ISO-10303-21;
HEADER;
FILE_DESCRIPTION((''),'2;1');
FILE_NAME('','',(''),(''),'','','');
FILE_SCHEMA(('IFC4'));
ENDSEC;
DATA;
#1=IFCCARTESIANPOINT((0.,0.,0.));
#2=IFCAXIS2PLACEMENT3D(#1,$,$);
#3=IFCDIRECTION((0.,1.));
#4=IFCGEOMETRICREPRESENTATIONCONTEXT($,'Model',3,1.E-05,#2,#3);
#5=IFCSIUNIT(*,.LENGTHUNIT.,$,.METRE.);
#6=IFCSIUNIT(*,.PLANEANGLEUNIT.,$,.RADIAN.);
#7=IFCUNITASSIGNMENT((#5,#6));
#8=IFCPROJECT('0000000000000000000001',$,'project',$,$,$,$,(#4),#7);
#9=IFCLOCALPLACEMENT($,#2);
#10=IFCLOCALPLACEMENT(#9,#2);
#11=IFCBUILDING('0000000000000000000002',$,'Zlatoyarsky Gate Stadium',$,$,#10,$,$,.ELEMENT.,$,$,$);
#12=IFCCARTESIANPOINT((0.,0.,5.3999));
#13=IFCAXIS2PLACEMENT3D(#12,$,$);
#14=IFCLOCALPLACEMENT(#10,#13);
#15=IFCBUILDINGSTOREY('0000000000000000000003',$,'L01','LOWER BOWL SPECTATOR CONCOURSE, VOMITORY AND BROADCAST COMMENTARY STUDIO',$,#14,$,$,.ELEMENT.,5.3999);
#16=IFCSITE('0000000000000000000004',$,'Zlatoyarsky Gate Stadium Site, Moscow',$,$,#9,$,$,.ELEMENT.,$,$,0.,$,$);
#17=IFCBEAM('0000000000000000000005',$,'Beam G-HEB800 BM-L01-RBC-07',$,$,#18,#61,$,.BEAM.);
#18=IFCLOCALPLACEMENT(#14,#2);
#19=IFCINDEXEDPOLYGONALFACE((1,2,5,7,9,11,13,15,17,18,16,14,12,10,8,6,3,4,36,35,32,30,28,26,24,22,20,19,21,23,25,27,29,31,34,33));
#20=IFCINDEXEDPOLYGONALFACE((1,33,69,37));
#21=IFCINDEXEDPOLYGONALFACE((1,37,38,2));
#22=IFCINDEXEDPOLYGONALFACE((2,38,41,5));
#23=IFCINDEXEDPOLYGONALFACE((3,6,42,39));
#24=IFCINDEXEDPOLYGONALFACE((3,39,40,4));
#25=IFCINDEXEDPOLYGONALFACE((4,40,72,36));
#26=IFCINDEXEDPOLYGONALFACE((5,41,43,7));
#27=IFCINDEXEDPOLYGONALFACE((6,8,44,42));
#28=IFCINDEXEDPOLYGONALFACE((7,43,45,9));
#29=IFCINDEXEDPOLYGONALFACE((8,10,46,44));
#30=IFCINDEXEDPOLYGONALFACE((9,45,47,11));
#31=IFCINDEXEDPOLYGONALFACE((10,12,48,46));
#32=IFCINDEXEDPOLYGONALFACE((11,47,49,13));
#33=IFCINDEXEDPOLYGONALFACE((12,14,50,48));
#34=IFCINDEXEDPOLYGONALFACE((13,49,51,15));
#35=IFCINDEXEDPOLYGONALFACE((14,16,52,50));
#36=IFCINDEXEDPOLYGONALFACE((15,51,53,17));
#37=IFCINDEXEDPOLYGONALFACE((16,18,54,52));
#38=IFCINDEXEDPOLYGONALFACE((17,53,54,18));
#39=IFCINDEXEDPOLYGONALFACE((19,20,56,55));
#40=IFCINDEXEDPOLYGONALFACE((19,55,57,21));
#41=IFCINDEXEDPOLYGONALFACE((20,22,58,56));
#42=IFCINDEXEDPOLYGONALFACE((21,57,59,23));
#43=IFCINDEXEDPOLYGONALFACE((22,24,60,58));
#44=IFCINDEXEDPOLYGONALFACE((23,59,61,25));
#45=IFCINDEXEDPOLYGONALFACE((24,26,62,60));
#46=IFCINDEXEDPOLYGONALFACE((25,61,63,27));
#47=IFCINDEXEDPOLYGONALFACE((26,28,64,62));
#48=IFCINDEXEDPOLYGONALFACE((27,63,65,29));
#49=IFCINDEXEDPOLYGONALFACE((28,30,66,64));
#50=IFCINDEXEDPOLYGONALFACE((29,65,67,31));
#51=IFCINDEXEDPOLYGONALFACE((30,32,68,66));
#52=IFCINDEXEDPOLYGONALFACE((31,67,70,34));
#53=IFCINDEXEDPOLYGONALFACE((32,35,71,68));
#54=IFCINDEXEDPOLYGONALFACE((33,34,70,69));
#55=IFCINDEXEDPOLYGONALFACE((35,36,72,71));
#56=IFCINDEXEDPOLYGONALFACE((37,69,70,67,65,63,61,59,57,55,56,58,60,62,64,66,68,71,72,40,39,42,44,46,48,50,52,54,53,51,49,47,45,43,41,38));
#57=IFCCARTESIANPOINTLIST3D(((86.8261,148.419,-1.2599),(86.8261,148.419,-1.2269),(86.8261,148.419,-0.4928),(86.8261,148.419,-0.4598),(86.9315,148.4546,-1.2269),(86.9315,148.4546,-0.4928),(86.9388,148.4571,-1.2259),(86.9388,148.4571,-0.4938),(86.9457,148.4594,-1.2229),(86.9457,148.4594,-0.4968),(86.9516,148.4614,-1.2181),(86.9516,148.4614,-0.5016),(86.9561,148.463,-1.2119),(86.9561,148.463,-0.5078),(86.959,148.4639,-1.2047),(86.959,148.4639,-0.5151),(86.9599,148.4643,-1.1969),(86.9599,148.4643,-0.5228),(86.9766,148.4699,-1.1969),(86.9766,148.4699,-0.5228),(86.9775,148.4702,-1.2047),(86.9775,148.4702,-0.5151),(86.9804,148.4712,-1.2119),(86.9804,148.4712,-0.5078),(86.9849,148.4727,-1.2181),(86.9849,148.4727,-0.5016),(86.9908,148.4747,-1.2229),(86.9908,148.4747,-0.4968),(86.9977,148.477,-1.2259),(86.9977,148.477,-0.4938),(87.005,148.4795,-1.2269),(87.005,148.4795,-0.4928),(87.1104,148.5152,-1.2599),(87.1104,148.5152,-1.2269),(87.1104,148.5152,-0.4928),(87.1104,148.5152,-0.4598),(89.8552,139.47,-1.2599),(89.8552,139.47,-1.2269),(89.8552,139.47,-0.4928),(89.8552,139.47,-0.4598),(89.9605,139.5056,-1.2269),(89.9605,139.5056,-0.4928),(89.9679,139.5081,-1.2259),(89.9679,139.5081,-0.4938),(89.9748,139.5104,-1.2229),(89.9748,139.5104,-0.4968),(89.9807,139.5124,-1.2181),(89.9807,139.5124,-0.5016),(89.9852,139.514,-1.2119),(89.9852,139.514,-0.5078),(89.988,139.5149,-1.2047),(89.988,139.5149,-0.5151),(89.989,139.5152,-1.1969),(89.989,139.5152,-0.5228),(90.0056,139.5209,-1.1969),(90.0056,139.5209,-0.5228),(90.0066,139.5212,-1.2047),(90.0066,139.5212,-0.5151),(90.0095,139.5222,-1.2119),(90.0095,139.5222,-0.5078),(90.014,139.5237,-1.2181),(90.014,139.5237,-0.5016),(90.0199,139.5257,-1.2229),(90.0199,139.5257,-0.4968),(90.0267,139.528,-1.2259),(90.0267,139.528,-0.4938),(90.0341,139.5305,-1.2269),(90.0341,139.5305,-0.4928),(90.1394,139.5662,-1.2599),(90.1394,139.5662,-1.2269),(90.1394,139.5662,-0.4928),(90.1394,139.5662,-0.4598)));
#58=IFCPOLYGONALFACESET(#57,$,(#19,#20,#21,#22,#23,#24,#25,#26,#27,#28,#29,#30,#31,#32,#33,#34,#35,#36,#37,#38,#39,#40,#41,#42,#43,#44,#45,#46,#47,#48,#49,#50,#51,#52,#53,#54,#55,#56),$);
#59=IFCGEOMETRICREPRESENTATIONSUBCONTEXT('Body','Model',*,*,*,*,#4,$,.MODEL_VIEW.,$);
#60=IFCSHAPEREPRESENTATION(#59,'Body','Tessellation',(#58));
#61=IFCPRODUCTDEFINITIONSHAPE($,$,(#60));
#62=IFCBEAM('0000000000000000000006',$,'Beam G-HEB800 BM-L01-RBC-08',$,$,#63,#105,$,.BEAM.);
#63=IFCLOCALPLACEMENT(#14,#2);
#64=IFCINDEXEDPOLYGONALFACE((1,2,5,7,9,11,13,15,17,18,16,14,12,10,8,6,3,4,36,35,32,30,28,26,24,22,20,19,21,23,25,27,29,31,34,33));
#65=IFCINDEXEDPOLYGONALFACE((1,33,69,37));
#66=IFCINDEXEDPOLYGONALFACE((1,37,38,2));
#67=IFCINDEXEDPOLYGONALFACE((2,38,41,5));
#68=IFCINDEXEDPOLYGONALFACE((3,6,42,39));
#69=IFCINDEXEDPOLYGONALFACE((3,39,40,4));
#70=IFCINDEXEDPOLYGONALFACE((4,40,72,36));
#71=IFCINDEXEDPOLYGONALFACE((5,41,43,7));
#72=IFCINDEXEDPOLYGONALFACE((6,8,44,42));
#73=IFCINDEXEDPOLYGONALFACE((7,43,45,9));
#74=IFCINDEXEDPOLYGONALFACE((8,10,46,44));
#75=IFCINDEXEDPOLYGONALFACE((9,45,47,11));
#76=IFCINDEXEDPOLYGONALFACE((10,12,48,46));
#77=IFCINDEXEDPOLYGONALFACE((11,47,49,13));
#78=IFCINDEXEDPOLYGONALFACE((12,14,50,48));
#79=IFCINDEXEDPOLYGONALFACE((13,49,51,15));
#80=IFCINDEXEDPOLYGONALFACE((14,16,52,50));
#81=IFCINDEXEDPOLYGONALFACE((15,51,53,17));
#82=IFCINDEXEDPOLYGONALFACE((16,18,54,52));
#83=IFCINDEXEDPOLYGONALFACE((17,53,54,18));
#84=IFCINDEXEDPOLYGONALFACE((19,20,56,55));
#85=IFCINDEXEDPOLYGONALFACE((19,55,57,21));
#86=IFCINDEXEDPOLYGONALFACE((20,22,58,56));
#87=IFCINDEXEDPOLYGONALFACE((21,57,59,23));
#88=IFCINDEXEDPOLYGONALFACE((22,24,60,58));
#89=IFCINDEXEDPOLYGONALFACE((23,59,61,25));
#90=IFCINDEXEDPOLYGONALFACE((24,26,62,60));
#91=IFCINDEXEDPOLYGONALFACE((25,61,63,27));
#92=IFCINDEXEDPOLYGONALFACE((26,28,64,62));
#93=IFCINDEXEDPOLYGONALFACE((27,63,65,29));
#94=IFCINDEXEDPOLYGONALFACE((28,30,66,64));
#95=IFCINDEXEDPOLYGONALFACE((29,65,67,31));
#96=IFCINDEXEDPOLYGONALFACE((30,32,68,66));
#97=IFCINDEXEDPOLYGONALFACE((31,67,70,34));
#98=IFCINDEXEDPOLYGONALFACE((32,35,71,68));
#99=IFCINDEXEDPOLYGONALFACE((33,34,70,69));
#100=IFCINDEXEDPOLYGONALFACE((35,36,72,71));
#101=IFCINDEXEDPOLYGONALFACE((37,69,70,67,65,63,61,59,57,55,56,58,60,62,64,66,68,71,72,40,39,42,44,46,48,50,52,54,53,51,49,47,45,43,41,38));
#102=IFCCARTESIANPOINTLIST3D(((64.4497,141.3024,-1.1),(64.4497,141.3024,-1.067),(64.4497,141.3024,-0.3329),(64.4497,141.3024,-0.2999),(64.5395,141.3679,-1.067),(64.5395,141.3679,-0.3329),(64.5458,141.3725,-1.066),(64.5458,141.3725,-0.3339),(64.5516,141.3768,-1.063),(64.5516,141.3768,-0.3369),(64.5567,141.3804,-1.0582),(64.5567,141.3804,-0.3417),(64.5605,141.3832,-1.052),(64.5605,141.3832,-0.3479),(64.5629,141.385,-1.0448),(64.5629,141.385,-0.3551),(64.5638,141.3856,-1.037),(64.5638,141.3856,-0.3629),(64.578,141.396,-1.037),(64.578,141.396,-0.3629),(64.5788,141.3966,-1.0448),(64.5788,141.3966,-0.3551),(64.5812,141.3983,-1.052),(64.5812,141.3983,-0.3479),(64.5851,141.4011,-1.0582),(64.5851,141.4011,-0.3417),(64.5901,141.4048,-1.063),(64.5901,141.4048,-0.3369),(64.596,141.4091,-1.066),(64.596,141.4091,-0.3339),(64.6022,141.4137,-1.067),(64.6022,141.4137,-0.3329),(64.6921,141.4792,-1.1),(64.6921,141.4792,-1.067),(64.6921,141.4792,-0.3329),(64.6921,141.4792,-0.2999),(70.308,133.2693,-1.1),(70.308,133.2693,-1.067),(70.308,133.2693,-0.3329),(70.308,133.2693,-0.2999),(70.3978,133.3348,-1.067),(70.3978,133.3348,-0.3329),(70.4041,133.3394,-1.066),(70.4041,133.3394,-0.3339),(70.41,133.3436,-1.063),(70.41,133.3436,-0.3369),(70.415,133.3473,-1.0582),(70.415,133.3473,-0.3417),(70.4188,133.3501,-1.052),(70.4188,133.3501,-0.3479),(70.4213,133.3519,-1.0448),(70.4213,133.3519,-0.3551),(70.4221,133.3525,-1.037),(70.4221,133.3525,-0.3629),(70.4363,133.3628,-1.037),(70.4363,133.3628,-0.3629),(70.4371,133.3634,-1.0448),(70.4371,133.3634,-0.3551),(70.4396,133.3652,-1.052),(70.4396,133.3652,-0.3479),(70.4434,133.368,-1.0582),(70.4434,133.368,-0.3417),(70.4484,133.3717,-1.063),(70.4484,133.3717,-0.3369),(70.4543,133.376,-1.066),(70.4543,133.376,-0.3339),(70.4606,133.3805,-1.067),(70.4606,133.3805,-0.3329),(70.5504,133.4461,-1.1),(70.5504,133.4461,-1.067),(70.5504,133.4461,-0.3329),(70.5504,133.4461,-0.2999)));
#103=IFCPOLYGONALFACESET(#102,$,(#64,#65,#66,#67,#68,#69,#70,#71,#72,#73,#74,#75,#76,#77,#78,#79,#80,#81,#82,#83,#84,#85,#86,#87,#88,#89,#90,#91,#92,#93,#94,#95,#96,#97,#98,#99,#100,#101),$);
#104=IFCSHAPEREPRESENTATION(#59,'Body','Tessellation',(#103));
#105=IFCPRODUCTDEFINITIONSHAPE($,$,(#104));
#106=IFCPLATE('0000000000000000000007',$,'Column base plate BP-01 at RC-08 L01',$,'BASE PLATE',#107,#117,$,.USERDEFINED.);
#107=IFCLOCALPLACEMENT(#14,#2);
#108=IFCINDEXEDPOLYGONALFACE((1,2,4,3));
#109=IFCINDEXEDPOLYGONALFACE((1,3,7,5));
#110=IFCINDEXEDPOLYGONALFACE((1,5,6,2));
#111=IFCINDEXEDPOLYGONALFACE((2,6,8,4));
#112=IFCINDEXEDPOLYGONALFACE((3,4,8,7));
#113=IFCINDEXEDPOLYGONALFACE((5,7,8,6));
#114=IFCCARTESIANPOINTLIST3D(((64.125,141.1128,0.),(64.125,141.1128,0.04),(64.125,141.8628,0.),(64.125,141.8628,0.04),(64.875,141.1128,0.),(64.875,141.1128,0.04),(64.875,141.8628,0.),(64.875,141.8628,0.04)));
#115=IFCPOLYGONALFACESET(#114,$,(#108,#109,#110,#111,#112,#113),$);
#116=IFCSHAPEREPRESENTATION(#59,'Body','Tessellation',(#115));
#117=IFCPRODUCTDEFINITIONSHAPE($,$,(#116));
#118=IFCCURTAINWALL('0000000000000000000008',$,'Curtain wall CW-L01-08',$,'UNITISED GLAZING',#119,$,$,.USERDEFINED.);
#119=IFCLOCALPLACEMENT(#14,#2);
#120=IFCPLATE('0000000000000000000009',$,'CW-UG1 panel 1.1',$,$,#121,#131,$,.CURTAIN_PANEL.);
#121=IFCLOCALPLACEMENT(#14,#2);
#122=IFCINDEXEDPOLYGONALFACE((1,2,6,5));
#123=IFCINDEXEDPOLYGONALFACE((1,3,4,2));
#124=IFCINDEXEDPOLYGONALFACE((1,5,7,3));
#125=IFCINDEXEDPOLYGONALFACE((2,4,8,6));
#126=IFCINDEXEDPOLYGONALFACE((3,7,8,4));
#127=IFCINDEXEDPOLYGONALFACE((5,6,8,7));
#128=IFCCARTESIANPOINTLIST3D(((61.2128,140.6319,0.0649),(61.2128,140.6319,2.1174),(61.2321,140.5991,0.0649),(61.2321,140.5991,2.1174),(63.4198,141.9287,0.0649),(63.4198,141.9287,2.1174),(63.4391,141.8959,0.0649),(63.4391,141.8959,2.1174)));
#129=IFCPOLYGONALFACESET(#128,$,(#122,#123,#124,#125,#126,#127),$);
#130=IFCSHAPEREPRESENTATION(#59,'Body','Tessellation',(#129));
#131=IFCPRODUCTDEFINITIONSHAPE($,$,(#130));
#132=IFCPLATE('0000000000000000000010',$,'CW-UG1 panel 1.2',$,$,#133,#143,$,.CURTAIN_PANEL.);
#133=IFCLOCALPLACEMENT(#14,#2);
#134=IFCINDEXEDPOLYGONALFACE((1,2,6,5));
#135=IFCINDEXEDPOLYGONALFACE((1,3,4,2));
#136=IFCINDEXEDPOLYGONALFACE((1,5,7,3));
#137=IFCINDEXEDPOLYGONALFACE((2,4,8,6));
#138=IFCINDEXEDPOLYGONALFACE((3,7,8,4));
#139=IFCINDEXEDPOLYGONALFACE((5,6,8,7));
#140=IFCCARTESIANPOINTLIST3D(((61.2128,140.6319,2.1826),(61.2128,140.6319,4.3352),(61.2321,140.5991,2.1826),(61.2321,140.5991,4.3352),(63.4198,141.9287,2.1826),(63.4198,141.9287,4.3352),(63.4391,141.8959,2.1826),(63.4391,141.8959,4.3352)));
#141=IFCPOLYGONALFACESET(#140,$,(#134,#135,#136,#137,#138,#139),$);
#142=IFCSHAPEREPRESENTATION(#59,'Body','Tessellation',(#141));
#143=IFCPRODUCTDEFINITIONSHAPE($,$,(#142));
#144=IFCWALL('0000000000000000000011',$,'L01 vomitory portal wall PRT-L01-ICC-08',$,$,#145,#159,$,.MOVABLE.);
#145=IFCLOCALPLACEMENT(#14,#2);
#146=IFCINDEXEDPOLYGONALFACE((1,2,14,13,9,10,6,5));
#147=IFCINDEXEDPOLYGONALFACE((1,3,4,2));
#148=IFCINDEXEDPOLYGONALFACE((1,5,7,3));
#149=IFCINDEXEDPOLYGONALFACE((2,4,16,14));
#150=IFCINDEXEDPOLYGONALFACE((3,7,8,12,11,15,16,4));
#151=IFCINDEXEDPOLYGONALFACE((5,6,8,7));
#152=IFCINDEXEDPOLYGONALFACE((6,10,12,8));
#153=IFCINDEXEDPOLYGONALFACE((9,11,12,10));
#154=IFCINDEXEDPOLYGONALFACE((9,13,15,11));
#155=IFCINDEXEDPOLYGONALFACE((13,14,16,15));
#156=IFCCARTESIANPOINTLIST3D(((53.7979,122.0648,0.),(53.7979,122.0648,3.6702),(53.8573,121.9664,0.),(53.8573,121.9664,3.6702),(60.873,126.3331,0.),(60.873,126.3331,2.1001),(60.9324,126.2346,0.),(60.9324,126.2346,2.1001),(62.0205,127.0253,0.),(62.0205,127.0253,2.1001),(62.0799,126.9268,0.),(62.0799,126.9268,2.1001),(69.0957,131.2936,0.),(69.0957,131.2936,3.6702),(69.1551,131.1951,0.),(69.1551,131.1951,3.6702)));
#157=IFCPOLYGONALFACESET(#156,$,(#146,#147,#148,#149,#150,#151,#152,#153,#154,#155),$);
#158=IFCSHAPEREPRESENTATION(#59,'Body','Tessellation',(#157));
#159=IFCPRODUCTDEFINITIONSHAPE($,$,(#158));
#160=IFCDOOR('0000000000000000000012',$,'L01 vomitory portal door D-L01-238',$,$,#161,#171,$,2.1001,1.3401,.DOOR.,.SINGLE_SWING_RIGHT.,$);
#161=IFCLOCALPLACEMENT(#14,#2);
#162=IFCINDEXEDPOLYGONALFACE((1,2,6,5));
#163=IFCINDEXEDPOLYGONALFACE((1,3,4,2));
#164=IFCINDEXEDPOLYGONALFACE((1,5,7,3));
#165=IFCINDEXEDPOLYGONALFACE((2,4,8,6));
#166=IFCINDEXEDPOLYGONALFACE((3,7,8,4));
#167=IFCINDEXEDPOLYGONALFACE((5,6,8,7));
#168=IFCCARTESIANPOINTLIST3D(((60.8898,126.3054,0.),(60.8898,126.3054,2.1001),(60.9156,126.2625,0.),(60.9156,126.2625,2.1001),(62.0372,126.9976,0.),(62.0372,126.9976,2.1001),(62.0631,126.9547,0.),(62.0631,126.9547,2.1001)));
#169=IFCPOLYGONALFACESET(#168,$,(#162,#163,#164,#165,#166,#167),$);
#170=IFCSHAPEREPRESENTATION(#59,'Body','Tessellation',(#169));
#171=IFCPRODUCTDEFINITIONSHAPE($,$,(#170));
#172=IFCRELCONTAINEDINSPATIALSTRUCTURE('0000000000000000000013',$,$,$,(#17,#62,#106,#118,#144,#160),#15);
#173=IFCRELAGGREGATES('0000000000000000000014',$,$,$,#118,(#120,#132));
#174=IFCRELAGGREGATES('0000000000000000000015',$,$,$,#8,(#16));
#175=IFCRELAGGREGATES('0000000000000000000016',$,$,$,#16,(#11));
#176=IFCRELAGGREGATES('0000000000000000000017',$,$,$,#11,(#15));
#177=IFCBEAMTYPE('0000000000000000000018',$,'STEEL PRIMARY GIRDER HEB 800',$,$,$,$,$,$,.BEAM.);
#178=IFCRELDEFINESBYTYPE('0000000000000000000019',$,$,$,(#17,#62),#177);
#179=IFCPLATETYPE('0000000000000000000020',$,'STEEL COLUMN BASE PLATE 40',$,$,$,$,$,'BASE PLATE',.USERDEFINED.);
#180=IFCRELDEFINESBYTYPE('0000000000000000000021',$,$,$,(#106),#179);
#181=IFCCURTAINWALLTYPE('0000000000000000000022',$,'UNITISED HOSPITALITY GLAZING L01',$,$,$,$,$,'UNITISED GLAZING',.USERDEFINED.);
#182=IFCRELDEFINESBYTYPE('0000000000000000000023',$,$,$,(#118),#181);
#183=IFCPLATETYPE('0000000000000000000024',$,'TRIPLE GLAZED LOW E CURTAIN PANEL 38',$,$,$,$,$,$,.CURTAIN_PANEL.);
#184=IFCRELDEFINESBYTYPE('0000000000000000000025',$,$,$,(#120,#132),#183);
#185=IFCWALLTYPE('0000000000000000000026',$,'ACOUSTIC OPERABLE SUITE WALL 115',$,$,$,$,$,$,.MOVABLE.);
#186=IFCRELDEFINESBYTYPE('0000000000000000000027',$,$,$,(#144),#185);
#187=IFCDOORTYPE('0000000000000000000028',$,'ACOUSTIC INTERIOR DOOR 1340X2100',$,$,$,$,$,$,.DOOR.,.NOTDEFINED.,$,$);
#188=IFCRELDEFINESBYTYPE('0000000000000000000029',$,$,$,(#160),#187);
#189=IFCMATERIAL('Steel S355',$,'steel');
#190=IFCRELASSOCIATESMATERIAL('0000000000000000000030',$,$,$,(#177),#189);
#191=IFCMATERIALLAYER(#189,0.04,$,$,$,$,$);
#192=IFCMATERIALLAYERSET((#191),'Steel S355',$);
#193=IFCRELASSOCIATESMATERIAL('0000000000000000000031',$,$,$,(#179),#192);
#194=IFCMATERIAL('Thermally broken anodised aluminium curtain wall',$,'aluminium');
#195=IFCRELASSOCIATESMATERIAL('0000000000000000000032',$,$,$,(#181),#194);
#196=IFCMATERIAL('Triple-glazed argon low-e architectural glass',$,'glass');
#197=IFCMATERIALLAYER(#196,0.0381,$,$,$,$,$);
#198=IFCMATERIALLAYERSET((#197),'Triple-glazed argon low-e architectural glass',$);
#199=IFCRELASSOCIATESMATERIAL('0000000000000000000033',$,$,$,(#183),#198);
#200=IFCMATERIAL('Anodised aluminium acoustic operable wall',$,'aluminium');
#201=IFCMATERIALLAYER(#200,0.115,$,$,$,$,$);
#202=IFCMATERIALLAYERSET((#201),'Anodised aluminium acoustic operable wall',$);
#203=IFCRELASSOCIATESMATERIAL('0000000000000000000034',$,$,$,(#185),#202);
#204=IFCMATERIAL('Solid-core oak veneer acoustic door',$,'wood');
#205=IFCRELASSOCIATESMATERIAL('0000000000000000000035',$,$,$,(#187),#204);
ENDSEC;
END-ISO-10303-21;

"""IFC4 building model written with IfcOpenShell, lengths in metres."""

from ifc_helpers import new_model, si_unit, direction, frame, frame_2d, origin, origin_2d, place, context, subcontext, project, spatial, rectangle, i_section, extrude, material, layer, layer_set, material_profile, profile_set, type_object, element, fill, aggregate, save


model = new_model("IFC4")

# Units and contexts
model_context = context("Model", 3, precision=1e-05, world=origin(), true_north=direction((0.0, 1.0)))
body_context = subcontext(model_context, "Body", "Model", "MODEL_VIEW")
ifc_project = project(units=[si_unit("LENGTHUNIT", "METRE"), si_unit("PLANEANGLEUNIT", "RADIAN")], contexts=[model_context])

# Site, building, storey
site_placement = place(None, origin())
site = spatial("IfcSite", under=ifc_project, at=site_placement, Name="Zlatoyarsky Gate Stadium Site, Moscow", CompositionType="ELEMENT", RefElevation=0.0)
building_placement = place(site_placement, origin())
building = spatial("IfcBuilding", under=site, at=building_placement, Name="Zlatoyarsky Gate Stadium", CompositionType="ELEMENT")
storey_placement = place(building_placement, frame((0.0, 0.0, 5.3999)))
storey = spatial("IfcBuildingStorey", under=building, at=storey_placement, Name="L01", Description="LOWER BOWL SPECTATOR CONCOURSE, VOMITORY AND BROADCAST COMMENTARY STUDIO", CompositionType="ELEMENT", Elevation=5.3999)

# Shared definitions
ifc_material_1 = material(Name="Steel S355", Category="steel")

# Beams
ifc_material_profile_1 = material_profile(ifc_material_1, i_section(OverallWidth=0.3, OverallDepth=0.8, WebThickness=0.0176, FlangeThickness=0.033, FilletRadius=0.03, at=origin_2d()), Name="HEB 800")
ifc_profile_set_1 = profile_set([ifc_material_profile_1], Name="Steel S355")
beam_type_1 = type_object("IfcBeamType", Name="STEEL PRIMARY GIRDER HEB 800", PredefinedType="BEAM", material=ifc_profile_set_1)
beam_1_placement = place(storey_placement, frame((89.9973, 139.5181, -0.8599), z_axis=(-0.320612, 0.947211, 0.0), x_axis=(-0.947211, -0.320612, 0.0)))
element("IfcBeam", 1, at=beam_1_placement, inside=storey, type_object=beam_type_1, Name="Beam G-HEB800 BM-L01-RBC-07", PredefinedType="BEAM", context=body_context, shape_type="SweptSolid", body=[
    extrude(i_section(OverallWidth=0.3, OverallDepth=0.8, WebThickness=0.0176, FlangeThickness=0.033, FilletRadius=0.03, at=origin_2d()), origin(), (0.0, 0.0, 1.0), 9.4478),
])
beam_2_placement = place(storey_placement, frame((70.4292, 133.3577, -0.7), z_axis=(-0.589228, 0.807967, 0.0), x_axis=(-0.807967, -0.589228, 0.0)))
element("IfcBeam", 2, at=beam_2_placement, inside=storey, type_object=beam_type_1, Name="Beam G-HEB800 BM-L01-RBC-08", PredefinedType="BEAM", context=body_context, shape_type="SweptSolid", body=[
    extrude(i_section(OverallWidth=0.3, OverallDepth=0.8, WebThickness=0.0176, FlangeThickness=0.033, FilletRadius=0.03, at=origin_2d()), origin(), (0.0, 0.0, 1.0), 9.9424),
])

# Plate
ifc_layer_1 = layer(ifc_material_1, 0.04)
ifc_layer_set_1 = layer_set([ifc_layer_1], Name="Steel S355")
plate_type_1 = type_object("IfcPlateType", Name="STEEL COLUMN BASE PLATE 40", ElementType="BASE PLATE", PredefinedType="USERDEFINED", material=ifc_layer_set_1)
plate_1_placement = place(storey_placement, frame((64.5, 141.4878, 0.0), z_axis=(0.0, 0.0, 1.0), x_axis=(1.0, 0.0, 0.0)))
element("IfcPlate", 3, at=plate_1_placement, inside=storey, type_object=plate_type_1, Name="Column base plate BP-01 at RC-08 L01", ObjectType="BASE PLATE", PredefinedType="USERDEFINED", context=body_context, shape_type="SweptSolid", body=[
    extrude(rectangle(XDim=0.75, YDim=0.75, at=origin_2d()), origin(), (0.0, 0.0, 1.0), 0.04),
])

# Curtain wall, plates
ifc_material_2 = material(Name="Thermally broken anodised aluminium curtain wall", Category="aluminium")
curtain_wall_type = type_object("IfcCurtainWallType", Name="UNITISED HOSPITALITY GLAZING L01", ElementType="UNITISED GLAZING", PredefinedType="USERDEFINED", material=ifc_material_2)
curtain_wall_placement = place(storey_placement, origin())
curtain_wall = element("IfcCurtainWall", 4, at=curtain_wall_placement, inside=storey, type_object=curtain_wall_type, Name="Curtain wall CW-L01-08", ObjectType="UNITISED GLAZING", PredefinedType="USERDEFINED")
ifc_material_3 = material(Name="Triple-glazed argon low-e architectural glass", Category="glass")
ifc_layer_2 = layer(ifc_material_3, 0.0381)
ifc_layer_set_2 = layer_set([ifc_layer_2], Name="Triple-glazed argon low-e architectural glass")
plate_type_2 = type_object("IfcPlateType", Name="TRIPLE GLAZED LOW E CURTAIN PANEL 38", PredefinedType="CURTAIN_PANEL", material=ifc_layer_set_2)
plate_2_placement = place(storey_placement, frame((62.3259, 141.2639, 0.0649), z_axis=(0.0, 0.0, 1.0), x_axis=(-0.862188, -0.506588, 0.0)))
plate_2 = element("IfcPlate", 5, at=plate_2_placement, type_object=plate_type_2, Name="CW-UG1 panel 1.1", PredefinedType="CURTAIN_PANEL", context=body_context, shape_type="SweptSolid", body=[
    extrude(rectangle(XDim=2.5598, YDim=0.0381, at=origin_2d()), origin(), (0.0, 0.0, 1.0), 2.0525),
])
plate_3_placement = place(storey_placement, frame((62.3259, 141.2639, 2.1826), z_axis=(0.0, 0.0, 1.0), x_axis=(-0.862188, -0.506588, 0.0)))
plate_3 = element("IfcPlate", 6, at=plate_3_placement, type_object=plate_type_2, Name="CW-UG1 panel 1.2", PredefinedType="CURTAIN_PANEL", context=body_context, shape_type="SweptSolid", body=[
    extrude(rectangle(XDim=2.5598, YDim=0.0381, at=origin_2d()), origin(), (0.0, 0.0, 1.0), 2.1526),
])
aggregate(curtain_wall, [plate_2, plate_3])

# Wall, opening, door
ifc_material_4 = material(Name="Anodised aluminium acoustic operable wall", Category="aluminium")
ifc_layer_3 = layer(ifc_material_4, 0.115)
ifc_layer_set_3 = layer_set([ifc_layer_3], Name="Anodised aluminium acoustic operable wall")
wall_type_1 = type_object("IfcWallType", Name="ACOUSTIC OPERABLE SUITE WALL 115", PredefinedType="MOVABLE", material=ifc_layer_set_3)
wall_1_placement = place(storey_placement, frame((69.1255, 131.2444, 0.0), z_axis=(0.0, 0.0, 1.0), x_axis=(-0.856255, -0.516554, 0.0)))
wall_1 = element("IfcWall", 7, at=wall_1_placement, inside=storey, type_object=wall_type_1, Name="L01 vomitory portal wall PRT-L01-ICC-08", PredefinedType="MOVABLE", context=body_context, shape_type="SweptSolid", body=[
    extrude(rectangle(XDim=17.866, YDim=0.115, at=frame_2d((8.9331, 0.0))), origin(), (0.0, 0.0, 1.0), 3.6702),
])
opening_1_placement = place(wall_1_placement, frame((8.2632, 0.0, 0.0)))
opening_1 = element("IfcOpeningElement", 8, at=opening_1_placement, cuts=wall_1, PredefinedType="OPENING", context=body_context, shape_type="SweptSolid", body=[
    extrude(rectangle(XDim=1.3401, YDim=2.1001, at=frame_2d((0.6699, 1.05))), frame((0.0, 0.0674, 0.0), z_axis=(0.0, -1.0, 0.0), x_axis=(1.0, 0.0, 0.0)), (0.0, 0.0, 1.0), 0.135),
])
ifc_material_5 = material(Name="Solid-core oak veneer acoustic door", Category="wood")
door_type_1 = type_object("IfcDoorType", Name="ACOUSTIC INTERIOR DOOR 1340X2100", OperationType="NOTDEFINED", PredefinedType="DOOR", material=ifc_material_5)
door_1_placement = place(opening_1_placement, origin())
door_1 = element("IfcDoor", 9, at=door_1_placement, inside=storey, type_object=door_type_1, Name="L01 vomitory portal door D-L01-238", OperationType="SINGLE_SWING_RIGHT", OverallHeight=2.1001, OverallWidth=1.3401, PredefinedType="DOOR", context=body_context, shape_type="SweptSolid", body=[
    extrude(rectangle(XDim=1.3401, YDim=2.1001, at=frame_2d((0.6699, 1.05))), frame((0.0, 0.0249, 0.0), z_axis=(0.0, -1.0, 0.0), x_axis=(1.0, 0.0, 0.0)), (0.0, 0.0, 1.0), 0.05),
])
fill(opening_1, door_1)

save(model, "model.ifc")
